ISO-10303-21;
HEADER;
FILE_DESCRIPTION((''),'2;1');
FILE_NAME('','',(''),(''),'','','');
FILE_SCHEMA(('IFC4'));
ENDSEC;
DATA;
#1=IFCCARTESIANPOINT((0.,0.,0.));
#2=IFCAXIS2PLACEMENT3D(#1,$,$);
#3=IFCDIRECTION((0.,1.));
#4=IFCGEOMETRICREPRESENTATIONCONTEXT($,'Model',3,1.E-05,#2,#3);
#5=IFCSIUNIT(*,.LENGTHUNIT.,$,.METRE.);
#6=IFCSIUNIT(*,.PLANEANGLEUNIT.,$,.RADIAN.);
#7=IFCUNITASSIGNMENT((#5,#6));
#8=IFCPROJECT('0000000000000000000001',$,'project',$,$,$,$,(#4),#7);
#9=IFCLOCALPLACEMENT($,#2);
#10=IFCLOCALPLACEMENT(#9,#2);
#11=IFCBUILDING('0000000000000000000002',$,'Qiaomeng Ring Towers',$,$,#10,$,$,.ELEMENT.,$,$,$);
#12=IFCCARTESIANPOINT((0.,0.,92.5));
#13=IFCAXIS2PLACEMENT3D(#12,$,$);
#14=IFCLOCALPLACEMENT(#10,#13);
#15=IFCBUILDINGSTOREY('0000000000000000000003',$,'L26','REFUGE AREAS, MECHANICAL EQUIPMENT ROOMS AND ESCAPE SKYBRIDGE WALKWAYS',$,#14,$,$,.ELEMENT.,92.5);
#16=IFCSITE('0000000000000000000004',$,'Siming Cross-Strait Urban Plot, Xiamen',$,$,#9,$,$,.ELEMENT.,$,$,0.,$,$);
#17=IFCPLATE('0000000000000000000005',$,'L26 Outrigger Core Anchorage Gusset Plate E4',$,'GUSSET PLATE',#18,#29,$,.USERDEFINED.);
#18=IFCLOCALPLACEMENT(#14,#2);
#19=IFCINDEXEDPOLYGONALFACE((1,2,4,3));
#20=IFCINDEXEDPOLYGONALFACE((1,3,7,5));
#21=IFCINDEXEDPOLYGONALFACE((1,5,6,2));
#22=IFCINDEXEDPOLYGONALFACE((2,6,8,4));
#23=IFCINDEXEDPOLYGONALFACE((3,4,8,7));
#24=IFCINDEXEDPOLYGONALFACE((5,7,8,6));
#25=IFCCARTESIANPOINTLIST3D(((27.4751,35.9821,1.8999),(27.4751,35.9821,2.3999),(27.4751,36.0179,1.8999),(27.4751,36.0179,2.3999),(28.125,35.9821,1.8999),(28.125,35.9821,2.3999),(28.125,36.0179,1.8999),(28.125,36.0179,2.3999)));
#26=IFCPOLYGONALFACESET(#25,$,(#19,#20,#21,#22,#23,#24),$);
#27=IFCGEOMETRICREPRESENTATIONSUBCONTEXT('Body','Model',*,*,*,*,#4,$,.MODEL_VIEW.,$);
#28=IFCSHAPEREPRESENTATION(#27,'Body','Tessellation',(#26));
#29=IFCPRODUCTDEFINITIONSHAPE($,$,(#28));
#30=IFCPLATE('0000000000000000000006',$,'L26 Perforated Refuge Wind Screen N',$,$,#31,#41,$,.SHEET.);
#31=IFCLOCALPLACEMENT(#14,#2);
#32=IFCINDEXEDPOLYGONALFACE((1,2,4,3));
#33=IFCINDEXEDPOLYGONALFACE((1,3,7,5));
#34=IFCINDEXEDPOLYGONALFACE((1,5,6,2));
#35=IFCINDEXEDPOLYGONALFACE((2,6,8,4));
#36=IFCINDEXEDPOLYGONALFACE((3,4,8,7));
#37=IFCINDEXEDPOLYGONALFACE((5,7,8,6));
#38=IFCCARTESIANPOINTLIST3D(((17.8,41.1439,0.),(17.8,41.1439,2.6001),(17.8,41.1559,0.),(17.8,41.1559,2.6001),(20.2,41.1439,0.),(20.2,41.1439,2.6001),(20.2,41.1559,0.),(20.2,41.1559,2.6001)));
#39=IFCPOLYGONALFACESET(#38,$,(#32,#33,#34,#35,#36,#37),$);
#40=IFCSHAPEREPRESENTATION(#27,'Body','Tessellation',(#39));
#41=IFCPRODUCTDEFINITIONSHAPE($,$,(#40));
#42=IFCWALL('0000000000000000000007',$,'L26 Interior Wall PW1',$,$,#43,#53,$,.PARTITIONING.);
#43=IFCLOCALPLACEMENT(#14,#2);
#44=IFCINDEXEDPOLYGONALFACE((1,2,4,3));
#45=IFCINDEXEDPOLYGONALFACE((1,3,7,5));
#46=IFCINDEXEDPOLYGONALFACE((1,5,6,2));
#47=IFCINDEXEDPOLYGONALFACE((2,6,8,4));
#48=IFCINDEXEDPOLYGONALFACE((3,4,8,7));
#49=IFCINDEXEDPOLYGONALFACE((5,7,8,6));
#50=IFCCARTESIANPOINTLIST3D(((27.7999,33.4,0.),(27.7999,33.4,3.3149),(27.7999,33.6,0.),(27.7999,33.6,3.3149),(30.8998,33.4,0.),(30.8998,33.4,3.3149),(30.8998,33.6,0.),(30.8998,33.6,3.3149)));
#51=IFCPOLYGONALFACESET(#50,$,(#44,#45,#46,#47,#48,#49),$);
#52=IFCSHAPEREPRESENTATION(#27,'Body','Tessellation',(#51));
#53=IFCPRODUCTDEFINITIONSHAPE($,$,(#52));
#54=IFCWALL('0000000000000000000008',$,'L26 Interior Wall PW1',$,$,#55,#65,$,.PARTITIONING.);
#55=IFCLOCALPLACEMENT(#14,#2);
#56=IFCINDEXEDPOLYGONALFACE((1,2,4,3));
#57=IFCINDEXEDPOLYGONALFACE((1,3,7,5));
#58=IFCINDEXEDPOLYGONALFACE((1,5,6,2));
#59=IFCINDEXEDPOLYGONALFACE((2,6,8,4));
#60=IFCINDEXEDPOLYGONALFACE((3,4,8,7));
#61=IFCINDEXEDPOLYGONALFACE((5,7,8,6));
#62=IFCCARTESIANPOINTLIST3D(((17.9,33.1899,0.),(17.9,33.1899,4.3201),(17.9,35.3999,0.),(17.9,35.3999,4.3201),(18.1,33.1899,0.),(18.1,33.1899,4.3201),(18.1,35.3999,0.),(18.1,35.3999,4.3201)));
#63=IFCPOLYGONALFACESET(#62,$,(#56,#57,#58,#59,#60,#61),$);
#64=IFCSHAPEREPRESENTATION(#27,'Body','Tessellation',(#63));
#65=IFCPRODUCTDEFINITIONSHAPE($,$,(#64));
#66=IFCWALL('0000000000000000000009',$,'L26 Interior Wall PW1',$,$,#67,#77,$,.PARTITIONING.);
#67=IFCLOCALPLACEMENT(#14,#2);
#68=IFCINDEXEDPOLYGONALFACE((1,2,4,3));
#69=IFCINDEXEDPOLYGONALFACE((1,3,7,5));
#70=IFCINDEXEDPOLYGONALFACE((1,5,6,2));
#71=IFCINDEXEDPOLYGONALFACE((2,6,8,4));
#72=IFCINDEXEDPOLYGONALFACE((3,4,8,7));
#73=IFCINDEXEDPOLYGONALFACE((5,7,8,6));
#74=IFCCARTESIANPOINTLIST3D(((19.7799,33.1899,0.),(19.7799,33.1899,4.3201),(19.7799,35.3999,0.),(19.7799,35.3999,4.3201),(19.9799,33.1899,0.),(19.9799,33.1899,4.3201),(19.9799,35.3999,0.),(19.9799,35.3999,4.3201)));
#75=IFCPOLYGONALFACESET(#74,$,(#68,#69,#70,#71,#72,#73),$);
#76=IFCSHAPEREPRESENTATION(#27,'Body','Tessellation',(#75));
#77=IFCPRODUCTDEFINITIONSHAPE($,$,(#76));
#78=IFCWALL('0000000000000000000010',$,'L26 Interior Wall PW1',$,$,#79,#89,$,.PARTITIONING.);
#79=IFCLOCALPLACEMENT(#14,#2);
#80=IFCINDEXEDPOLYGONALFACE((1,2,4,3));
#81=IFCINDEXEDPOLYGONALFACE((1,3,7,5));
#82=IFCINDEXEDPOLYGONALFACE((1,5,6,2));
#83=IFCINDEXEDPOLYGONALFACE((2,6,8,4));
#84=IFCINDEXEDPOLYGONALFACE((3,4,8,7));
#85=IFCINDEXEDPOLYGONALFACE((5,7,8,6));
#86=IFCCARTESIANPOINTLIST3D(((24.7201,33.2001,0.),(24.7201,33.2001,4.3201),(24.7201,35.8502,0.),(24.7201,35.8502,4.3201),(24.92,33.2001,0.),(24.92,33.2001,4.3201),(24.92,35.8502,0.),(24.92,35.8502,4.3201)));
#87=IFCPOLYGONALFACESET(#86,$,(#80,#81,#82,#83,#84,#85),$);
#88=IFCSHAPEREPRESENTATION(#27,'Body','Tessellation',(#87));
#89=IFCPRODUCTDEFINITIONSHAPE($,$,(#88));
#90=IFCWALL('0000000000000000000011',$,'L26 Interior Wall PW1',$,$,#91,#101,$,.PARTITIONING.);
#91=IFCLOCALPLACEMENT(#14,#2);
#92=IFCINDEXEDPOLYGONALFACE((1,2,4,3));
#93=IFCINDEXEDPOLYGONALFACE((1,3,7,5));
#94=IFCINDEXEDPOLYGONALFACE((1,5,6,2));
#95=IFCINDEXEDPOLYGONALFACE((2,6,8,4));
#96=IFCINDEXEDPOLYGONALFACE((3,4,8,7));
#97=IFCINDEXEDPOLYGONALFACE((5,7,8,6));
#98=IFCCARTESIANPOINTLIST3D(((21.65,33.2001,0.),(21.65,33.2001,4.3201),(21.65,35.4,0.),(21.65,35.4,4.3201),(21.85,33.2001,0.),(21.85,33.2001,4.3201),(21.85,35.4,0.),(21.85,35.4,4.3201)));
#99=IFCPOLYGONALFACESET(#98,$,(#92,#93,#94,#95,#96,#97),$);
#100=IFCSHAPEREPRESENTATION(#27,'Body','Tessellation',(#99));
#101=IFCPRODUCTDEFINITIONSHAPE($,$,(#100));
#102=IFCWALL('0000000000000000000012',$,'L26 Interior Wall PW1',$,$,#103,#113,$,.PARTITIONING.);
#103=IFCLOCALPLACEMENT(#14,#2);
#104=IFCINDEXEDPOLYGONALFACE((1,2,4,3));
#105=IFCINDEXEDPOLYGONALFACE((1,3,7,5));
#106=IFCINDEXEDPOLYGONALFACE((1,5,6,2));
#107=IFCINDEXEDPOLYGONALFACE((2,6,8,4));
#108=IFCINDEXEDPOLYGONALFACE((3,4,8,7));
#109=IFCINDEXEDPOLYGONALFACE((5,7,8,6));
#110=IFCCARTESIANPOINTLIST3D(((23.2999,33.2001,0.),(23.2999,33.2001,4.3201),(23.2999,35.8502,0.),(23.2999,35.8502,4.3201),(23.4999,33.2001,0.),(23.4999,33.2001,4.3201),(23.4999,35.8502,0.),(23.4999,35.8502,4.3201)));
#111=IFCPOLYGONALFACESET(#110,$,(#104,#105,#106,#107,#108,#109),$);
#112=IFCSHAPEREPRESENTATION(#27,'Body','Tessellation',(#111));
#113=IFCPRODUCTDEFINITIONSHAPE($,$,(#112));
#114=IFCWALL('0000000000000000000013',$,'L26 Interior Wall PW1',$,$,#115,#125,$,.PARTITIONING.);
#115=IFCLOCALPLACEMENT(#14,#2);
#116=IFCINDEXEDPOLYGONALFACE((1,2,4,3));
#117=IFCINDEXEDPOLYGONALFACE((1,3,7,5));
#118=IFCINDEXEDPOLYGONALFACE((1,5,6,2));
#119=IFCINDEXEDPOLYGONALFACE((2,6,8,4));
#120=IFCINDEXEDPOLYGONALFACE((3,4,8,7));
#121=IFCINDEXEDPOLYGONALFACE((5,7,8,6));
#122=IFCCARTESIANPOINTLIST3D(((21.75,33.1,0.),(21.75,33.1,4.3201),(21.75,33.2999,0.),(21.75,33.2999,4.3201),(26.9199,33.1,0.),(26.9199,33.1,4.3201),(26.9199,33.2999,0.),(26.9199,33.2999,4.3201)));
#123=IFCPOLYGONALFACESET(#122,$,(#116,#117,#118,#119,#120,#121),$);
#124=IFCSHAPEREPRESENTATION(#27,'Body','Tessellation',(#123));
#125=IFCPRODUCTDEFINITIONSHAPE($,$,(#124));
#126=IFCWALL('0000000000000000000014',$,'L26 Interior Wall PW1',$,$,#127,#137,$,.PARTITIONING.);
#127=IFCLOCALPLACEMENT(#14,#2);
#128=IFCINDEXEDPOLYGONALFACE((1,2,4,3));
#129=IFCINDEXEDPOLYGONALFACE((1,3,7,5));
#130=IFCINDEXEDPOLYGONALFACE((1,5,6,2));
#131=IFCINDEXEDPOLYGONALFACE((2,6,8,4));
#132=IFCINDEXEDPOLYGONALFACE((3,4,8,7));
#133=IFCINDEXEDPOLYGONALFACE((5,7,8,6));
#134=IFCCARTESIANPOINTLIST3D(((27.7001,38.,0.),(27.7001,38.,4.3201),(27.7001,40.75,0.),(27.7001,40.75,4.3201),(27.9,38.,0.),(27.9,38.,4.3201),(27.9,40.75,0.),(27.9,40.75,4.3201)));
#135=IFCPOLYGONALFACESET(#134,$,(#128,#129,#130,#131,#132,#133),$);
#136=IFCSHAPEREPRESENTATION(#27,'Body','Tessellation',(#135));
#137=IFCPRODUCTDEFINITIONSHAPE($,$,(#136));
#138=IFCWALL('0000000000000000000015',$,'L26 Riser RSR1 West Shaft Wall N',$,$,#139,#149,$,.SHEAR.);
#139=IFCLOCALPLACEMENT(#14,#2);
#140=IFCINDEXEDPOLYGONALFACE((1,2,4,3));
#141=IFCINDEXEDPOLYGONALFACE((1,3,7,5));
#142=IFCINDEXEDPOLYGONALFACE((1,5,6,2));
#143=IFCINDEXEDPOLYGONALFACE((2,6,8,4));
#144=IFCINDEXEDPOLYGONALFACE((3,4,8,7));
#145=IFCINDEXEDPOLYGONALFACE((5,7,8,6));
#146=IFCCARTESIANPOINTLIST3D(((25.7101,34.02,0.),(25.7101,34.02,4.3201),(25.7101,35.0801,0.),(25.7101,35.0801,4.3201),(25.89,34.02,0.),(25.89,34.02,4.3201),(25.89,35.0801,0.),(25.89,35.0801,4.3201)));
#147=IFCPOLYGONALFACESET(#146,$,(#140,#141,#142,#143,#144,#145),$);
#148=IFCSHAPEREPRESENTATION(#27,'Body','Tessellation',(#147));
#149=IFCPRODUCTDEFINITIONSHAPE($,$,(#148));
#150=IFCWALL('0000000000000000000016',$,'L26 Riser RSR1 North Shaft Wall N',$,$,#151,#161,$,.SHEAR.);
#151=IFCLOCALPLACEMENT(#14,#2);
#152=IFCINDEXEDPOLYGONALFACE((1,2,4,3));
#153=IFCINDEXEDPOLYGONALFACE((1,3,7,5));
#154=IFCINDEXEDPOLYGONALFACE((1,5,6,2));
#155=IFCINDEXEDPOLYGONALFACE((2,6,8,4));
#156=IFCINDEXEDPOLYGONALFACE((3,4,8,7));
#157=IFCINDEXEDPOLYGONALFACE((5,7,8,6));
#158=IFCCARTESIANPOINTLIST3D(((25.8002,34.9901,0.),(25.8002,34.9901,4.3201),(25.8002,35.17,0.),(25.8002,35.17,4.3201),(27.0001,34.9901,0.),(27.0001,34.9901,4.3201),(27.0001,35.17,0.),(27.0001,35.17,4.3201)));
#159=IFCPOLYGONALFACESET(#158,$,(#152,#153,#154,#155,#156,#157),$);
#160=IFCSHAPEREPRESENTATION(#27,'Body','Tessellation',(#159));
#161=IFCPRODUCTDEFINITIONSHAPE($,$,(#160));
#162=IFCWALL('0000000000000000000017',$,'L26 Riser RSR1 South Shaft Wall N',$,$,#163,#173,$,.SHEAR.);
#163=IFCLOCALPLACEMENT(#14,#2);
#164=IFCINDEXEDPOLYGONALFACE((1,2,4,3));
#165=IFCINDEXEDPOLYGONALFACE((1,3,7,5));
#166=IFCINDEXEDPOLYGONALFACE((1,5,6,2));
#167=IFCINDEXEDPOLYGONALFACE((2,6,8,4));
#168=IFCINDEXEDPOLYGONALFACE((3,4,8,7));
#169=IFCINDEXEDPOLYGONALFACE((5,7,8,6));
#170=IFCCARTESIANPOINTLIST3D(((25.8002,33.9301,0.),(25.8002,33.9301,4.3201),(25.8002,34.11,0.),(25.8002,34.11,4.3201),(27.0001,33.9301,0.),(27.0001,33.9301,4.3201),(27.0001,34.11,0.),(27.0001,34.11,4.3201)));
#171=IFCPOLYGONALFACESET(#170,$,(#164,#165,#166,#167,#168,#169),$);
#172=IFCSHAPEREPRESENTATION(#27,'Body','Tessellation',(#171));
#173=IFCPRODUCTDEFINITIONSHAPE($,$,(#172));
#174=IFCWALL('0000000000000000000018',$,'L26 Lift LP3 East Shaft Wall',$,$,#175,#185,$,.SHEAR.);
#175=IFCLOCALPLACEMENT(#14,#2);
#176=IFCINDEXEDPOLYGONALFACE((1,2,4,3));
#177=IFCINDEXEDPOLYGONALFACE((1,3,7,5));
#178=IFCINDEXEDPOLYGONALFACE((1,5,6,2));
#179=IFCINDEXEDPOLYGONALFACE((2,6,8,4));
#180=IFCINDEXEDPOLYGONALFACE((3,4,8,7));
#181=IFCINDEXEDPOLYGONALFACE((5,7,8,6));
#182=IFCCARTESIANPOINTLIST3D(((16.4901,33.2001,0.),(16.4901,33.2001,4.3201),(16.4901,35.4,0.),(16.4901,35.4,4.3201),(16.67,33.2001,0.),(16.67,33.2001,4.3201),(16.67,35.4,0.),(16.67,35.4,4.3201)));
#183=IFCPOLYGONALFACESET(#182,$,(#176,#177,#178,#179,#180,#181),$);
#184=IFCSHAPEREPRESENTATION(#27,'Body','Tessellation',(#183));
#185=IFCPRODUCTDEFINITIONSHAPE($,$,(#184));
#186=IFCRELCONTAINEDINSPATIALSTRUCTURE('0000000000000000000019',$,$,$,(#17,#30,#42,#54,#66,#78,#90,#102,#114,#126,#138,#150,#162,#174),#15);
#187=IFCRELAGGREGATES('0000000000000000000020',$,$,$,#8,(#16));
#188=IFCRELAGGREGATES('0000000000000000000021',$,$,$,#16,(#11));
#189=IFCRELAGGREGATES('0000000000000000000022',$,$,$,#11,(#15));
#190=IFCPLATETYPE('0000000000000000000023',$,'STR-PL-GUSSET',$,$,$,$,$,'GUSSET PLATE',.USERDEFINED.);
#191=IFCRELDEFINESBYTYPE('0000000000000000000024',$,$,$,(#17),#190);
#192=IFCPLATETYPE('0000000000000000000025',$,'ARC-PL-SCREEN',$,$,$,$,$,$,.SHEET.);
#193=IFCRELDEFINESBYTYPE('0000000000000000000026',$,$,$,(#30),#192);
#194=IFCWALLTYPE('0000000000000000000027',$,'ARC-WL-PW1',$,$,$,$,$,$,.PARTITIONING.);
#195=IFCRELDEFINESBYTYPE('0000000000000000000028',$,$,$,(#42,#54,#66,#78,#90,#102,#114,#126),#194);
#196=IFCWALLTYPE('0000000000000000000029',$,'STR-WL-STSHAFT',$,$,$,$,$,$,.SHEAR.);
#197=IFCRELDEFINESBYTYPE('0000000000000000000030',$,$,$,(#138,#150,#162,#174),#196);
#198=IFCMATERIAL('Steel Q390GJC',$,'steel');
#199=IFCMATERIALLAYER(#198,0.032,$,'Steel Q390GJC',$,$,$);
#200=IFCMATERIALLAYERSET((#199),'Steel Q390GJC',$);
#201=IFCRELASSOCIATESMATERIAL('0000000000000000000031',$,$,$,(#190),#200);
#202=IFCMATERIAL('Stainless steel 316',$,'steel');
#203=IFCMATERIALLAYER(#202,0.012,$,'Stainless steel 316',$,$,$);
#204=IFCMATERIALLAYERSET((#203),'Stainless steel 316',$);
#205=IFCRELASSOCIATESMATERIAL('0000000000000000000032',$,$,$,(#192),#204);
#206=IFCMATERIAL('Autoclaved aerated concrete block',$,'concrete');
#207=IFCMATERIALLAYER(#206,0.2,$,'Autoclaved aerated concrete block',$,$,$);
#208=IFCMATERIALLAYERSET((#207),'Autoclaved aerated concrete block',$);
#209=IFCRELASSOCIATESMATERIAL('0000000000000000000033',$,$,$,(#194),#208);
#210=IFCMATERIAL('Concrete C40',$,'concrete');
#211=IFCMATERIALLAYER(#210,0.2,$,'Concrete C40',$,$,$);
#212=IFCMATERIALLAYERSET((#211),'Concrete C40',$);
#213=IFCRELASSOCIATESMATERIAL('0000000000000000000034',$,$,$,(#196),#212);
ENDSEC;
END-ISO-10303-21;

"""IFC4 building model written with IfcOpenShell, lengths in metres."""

from ifc_helpers import new_model, si_unit, direction, frame, frame_2d, origin, origin_2d, place, context, subcontext, project, spatial, rectangle, extrude, source, transform, mapped, material, layer, layer_set, type_object, element, save


model = new_model("IFC4")

# Units and contexts
model_context = context("Model", 3, precision=1e-05, world=origin(), true_north=direction((0.0, 1.0)))
body_context = subcontext(model_context, "Body", "Model", "MODEL_VIEW")
ifc_project = project(units=[si_unit("LENGTHUNIT", "METRE"), si_unit("PLANEANGLEUNIT", "RADIAN")], contexts=[model_context])

# Site, building, storey
site_placement = place(None, origin())
site = spatial("IfcSite", under=ifc_project, at=site_placement, Name="Siming Cross-Strait Urban Plot, Xiamen", CompositionType="ELEMENT", RefElevation=0.0)
building_placement = place(site_placement, origin())
building = spatial("IfcBuilding", under=site, at=building_placement, Name="Qiaomeng Ring Towers", CompositionType="ELEMENT")
storey_placement = place(building_placement, frame((0.0, 0.0, 92.5)))
storey = spatial("IfcBuildingStorey", under=building, at=storey_placement, Name="L26", Description="REFUGE AREAS, MECHANICAL EQUIPMENT ROOMS AND ESCAPE SKYBRIDGE WALKWAYS", CompositionType="ELEMENT", Elevation=92.5)

# Shared definitions
ifc_material_1 = material(Name="Steel Q390GJC", Category="steel")

# Plates
ifc_layer_1 = layer(ifc_material_1, 0.032, Name="Steel Q390GJC")
ifc_layer_set_1 = layer_set([ifc_layer_1], Name="Steel Q390GJC")
plate_type_1 = type_object("IfcPlateType", Name="STR-PL-GUSSET", ElementType="GUSSET PLATE", PredefinedType="USERDEFINED", material=ifc_layer_set_1)
shared_shape_1 = source(origin(), body_context, "Body", "SweptSolid", [
    extrude(rectangle(XDim=0.6499, YDim=0.0359, at=origin_2d()), origin(), (0.0, 0.0, 1.0), 0.5),
])
plate_1_placement = place(storey_placement, frame((27.8, 36.0, 1.8999), z_axis=(0.0, 0.0, 1.0), x_axis=(1.0, 0.0, 0.0)))
element("IfcPlate", 1, at=plate_1_placement, inside=storey, type_object=plate_type_1, Name="L26 Outrigger Core Anchorage Gusset Plate E4", ObjectType="GUSSET PLATE", PredefinedType="USERDEFINED", context=body_context, shape_type="MappedRepresentation", body=[
    mapped(shared_shape_1, transform((0.0, 0.0, 0.0), x_axis=(1.0, 0.0, 0.0), y_axis=(0.0, 1.0, 0.0), z_axis=(0.0, 0.0, 1.0), scale=1.0)),
])
ifc_material_2 = material(Name="Stainless steel 316", Category="steel")
ifc_layer_2 = layer(ifc_material_2, 0.012, Name="Stainless steel 316")
ifc_layer_set_2 = layer_set([ifc_layer_2], Name="Stainless steel 316")
plate_type_2 = type_object("IfcPlateType", Name="ARC-PL-SCREEN", PredefinedType="SHEET", material=ifc_layer_set_2)
shared_shape_2 = source(origin(), body_context, "Body", "SweptSolid", [
    extrude(rectangle(XDim=2.3999, YDim=0.012, at=origin_2d()), origin(), (0.0, 0.0, 1.0), 2.6001),
])
plate_2_placement = place(storey_placement, frame((19.0, 41.1499, 0.0), z_axis=(0.0, 0.0, 1.0), x_axis=(-1.0, 0.0, 0.0)))
element("IfcPlate", 2, at=plate_2_placement, inside=storey, type_object=plate_type_2, Name="L26 Perforated Refuge Wind Screen N", PredefinedType="SHEET", context=body_context, shape_type="MappedRepresentation", body=[
    mapped(shared_shape_2, transform((0.0, 0.0, 0.0), x_axis=(1.0, 0.0, 0.0), y_axis=(0.0, 1.0, 0.0), z_axis=(0.0, 0.0, 1.0), scale=1.0)),
])

# Walls
ifc_material_3 = material(Name="Autoclaved aerated concrete block", Category="concrete")
ifc_layer_3 = layer(ifc_material_3, 0.2, Name="Autoclaved aerated concrete block")
ifc_layer_set_3 = layer_set([ifc_layer_3], Name="Autoclaved aerated concrete block")
wall_type_1 = type_object("IfcWallType", Name="ARC-WL-PW1", PredefinedType="PARTITIONING", material=ifc_layer_set_3)
wall_1_placement = place(storey_placement, frame((27.8, 33.5, 0.0), z_axis=(0.0, 0.0, 1.0), x_axis=(1.0, 0.0, 0.0)))
element("IfcWall", 3, at=wall_1_placement, inside=storey, type_object=wall_type_1, Name="L26 Interior Wall PW1", PredefinedType="PARTITIONING", context=body_context, shape_type="SweptSolid", body=[
    extrude(rectangle(XDim=3.0999, YDim=0.2, at=frame_2d((1.5498, 0.0))), origin(), (0.0, 0.0, 1.0), 3.3149),
])
for number, where, z_axis, x_axis, name in (
    (4, (18.0, 33.1899, 0.0), (0.0, 0.0, 1.0), (0.0, 1.0, 0.0), "L26 Interior Wall PW1"),
    (5, (19.8799, 33.1899, 0.0), (0.0, 0.0, 1.0), (0.0, 1.0, 0.0), "L26 Interior Wall PW1"),
):
    element("IfcWall", number, at=place(storey_placement, frame(where, z_axis=z_axis, x_axis=x_axis)), inside=storey, type_object=wall_type_1, Name=name, PredefinedType="PARTITIONING", context=body_context, shape_type="SweptSolid", body=[
        extrude(rectangle(XDim=2.21, YDim=0.2, at=frame_2d((1.105, 0.0))), origin(), (0.0, 0.0, 1.0), 4.3201),
    ])
wall_2_placement = place(storey_placement, frame((24.8201, 33.2, 0.0), z_axis=(0.0, 0.0, 1.0), x_axis=(0.0, 1.0, 0.0)))
element("IfcWall", 6, at=wall_2_placement, inside=storey, type_object=wall_type_1, Name="L26 Interior Wall PW1", PredefinedType="PARTITIONING", context=body_context, shape_type="SweptSolid", body=[
    extrude(rectangle(XDim=2.6501, YDim=0.2, at=frame_2d((1.3252, 0.0))), origin(), (0.0, 0.0, 1.0), 4.3201),
])
wall_3_placement = place(storey_placement, frame((21.75, 33.2, 0.0), z_axis=(0.0, 0.0, 1.0), x_axis=(0.0, 1.0, 0.0)))
element("IfcWall", 7, at=wall_3_placement, inside=storey, type_object=wall_type_1, Name="L26 Interior Wall PW1", PredefinedType="PARTITIONING", context=body_context, shape_type="SweptSolid", body=[
    extrude(rectangle(XDim=2.2, YDim=0.2, at=frame_2d((1.1001, 0.0))), origin(), (0.0, 0.0, 1.0), 4.3201),
])
wall_4_placement = place(storey_placement, frame((23.3999, 33.2, 0.0), z_axis=(0.0, 0.0, 1.0), x_axis=(0.0, 1.0, 0.0)))
element("IfcWall", 8, at=wall_4_placement, inside=storey, type_object=wall_type_1, Name="L26 Interior Wall PW1", PredefinedType="PARTITIONING", context=body_context, shape_type="SweptSolid", body=[
    extrude(rectangle(XDim=2.6501, YDim=0.2, at=frame_2d((1.3252, 0.0))), origin(), (0.0, 0.0, 1.0), 4.3201),
])
wall_5_placement = place(storey_placement, frame((21.75, 33.2, 0.0), z_axis=(0.0, 0.0, 1.0), x_axis=(1.0, 0.0, 0.0)))
element("IfcWall", 9, at=wall_5_placement, inside=storey, type_object=wall_type_1, Name="L26 Interior Wall PW1", PredefinedType="PARTITIONING", context=body_context, shape_type="SweptSolid", body=[
    extrude(rectangle(XDim=5.1699, YDim=0.2, at=frame_2d((2.585, 0.0))), origin(), (0.0, 0.0, 1.0), 4.3201),
])
wall_6_placement = place(storey_placement, frame((27.8, 38.0, 0.0), z_axis=(0.0, 0.0, 1.0), x_axis=(0.0, 1.0, 0.0)))
element("IfcWall", 10, at=wall_6_placement, inside=storey, type_object=wall_type_1, Name="L26 Interior Wall PW1", PredefinedType="PARTITIONING", context=body_context, shape_type="SweptSolid", body=[
    extrude(rectangle(XDim=2.75, YDim=0.2, at=frame_2d((1.375, 0.0))), origin(), (0.0, 0.0, 1.0), 4.3201),
])
ifc_material_4 = material(Name="Concrete C40", Category="concrete")
ifc_layer_4 = layer(ifc_material_4, 0.2, Name="Concrete C40")
ifc_layer_set_4 = layer_set([ifc_layer_4], Name="Concrete C40")
wall_type_2 = type_object("IfcWallType", Name="STR-WL-STSHAFT", PredefinedType="SHEAR", material=ifc_layer_set_4)
wall_7_placement = place(storey_placement, frame((25.8, 34.02, 0.0), z_axis=(0.0, 0.0, 1.0), x_axis=(0.0, 1.0, 0.0)))
element("IfcWall", 11, at=wall_7_placement, inside=storey, type_object=wall_type_2, Name="L26 Riser RSR1 West Shaft Wall N", PredefinedType="SHEAR", context=body_context, shape_type="SweptSolid", body=[
    extrude(rectangle(XDim=1.0601, YDim=0.1799, at=frame_2d((0.53, 0.0))), origin(), (0.0, 0.0, 1.0), 4.3201),
])
for number, where, z_axis, x_axis, name in (
    (12, (25.8, 35.0801, 0.0), (0.0, 0.0, 1.0), (1.0, 0.0, 0.0), "L26 Riser RSR1 North Shaft Wall N"),
    (13, (25.8, 34.02, 0.0), (0.0, 0.0, 1.0), (1.0, 0.0, 0.0), "L26 Riser RSR1 South Shaft Wall N"),
):
    element("IfcWall", number, at=place(storey_placement, frame(where, z_axis=z_axis, x_axis=x_axis)), inside=storey, type_object=wall_type_2, Name=name, PredefinedType="SHEAR", context=body_context, shape_type="SweptSolid", body=[
        extrude(rectangle(XDim=1.2, YDim=0.1799, at=frame_2d((0.6001, 0.0))), origin(), (0.0, 0.0, 1.0), 4.3201),
    ])
wall_8_placement = place(storey_placement, frame((16.5801, 33.2, 0.0), z_axis=(0.0, 0.0, 1.0), x_axis=(0.0, 1.0, 0.0)))
element("IfcWall", 14, at=wall_8_placement, inside=storey, type_object=wall_type_2, Name="L26 Lift LP3 East Shaft Wall", PredefinedType="SHEAR", context=body_context, shape_type="SweptSolid", body=[
    extrude(rectangle(XDim=2.2, YDim=0.1799, at=frame_2d((1.1001, 0.0))), origin(), (0.0, 0.0, 1.0), 4.3201),
])

save(model, "model.ifc")
